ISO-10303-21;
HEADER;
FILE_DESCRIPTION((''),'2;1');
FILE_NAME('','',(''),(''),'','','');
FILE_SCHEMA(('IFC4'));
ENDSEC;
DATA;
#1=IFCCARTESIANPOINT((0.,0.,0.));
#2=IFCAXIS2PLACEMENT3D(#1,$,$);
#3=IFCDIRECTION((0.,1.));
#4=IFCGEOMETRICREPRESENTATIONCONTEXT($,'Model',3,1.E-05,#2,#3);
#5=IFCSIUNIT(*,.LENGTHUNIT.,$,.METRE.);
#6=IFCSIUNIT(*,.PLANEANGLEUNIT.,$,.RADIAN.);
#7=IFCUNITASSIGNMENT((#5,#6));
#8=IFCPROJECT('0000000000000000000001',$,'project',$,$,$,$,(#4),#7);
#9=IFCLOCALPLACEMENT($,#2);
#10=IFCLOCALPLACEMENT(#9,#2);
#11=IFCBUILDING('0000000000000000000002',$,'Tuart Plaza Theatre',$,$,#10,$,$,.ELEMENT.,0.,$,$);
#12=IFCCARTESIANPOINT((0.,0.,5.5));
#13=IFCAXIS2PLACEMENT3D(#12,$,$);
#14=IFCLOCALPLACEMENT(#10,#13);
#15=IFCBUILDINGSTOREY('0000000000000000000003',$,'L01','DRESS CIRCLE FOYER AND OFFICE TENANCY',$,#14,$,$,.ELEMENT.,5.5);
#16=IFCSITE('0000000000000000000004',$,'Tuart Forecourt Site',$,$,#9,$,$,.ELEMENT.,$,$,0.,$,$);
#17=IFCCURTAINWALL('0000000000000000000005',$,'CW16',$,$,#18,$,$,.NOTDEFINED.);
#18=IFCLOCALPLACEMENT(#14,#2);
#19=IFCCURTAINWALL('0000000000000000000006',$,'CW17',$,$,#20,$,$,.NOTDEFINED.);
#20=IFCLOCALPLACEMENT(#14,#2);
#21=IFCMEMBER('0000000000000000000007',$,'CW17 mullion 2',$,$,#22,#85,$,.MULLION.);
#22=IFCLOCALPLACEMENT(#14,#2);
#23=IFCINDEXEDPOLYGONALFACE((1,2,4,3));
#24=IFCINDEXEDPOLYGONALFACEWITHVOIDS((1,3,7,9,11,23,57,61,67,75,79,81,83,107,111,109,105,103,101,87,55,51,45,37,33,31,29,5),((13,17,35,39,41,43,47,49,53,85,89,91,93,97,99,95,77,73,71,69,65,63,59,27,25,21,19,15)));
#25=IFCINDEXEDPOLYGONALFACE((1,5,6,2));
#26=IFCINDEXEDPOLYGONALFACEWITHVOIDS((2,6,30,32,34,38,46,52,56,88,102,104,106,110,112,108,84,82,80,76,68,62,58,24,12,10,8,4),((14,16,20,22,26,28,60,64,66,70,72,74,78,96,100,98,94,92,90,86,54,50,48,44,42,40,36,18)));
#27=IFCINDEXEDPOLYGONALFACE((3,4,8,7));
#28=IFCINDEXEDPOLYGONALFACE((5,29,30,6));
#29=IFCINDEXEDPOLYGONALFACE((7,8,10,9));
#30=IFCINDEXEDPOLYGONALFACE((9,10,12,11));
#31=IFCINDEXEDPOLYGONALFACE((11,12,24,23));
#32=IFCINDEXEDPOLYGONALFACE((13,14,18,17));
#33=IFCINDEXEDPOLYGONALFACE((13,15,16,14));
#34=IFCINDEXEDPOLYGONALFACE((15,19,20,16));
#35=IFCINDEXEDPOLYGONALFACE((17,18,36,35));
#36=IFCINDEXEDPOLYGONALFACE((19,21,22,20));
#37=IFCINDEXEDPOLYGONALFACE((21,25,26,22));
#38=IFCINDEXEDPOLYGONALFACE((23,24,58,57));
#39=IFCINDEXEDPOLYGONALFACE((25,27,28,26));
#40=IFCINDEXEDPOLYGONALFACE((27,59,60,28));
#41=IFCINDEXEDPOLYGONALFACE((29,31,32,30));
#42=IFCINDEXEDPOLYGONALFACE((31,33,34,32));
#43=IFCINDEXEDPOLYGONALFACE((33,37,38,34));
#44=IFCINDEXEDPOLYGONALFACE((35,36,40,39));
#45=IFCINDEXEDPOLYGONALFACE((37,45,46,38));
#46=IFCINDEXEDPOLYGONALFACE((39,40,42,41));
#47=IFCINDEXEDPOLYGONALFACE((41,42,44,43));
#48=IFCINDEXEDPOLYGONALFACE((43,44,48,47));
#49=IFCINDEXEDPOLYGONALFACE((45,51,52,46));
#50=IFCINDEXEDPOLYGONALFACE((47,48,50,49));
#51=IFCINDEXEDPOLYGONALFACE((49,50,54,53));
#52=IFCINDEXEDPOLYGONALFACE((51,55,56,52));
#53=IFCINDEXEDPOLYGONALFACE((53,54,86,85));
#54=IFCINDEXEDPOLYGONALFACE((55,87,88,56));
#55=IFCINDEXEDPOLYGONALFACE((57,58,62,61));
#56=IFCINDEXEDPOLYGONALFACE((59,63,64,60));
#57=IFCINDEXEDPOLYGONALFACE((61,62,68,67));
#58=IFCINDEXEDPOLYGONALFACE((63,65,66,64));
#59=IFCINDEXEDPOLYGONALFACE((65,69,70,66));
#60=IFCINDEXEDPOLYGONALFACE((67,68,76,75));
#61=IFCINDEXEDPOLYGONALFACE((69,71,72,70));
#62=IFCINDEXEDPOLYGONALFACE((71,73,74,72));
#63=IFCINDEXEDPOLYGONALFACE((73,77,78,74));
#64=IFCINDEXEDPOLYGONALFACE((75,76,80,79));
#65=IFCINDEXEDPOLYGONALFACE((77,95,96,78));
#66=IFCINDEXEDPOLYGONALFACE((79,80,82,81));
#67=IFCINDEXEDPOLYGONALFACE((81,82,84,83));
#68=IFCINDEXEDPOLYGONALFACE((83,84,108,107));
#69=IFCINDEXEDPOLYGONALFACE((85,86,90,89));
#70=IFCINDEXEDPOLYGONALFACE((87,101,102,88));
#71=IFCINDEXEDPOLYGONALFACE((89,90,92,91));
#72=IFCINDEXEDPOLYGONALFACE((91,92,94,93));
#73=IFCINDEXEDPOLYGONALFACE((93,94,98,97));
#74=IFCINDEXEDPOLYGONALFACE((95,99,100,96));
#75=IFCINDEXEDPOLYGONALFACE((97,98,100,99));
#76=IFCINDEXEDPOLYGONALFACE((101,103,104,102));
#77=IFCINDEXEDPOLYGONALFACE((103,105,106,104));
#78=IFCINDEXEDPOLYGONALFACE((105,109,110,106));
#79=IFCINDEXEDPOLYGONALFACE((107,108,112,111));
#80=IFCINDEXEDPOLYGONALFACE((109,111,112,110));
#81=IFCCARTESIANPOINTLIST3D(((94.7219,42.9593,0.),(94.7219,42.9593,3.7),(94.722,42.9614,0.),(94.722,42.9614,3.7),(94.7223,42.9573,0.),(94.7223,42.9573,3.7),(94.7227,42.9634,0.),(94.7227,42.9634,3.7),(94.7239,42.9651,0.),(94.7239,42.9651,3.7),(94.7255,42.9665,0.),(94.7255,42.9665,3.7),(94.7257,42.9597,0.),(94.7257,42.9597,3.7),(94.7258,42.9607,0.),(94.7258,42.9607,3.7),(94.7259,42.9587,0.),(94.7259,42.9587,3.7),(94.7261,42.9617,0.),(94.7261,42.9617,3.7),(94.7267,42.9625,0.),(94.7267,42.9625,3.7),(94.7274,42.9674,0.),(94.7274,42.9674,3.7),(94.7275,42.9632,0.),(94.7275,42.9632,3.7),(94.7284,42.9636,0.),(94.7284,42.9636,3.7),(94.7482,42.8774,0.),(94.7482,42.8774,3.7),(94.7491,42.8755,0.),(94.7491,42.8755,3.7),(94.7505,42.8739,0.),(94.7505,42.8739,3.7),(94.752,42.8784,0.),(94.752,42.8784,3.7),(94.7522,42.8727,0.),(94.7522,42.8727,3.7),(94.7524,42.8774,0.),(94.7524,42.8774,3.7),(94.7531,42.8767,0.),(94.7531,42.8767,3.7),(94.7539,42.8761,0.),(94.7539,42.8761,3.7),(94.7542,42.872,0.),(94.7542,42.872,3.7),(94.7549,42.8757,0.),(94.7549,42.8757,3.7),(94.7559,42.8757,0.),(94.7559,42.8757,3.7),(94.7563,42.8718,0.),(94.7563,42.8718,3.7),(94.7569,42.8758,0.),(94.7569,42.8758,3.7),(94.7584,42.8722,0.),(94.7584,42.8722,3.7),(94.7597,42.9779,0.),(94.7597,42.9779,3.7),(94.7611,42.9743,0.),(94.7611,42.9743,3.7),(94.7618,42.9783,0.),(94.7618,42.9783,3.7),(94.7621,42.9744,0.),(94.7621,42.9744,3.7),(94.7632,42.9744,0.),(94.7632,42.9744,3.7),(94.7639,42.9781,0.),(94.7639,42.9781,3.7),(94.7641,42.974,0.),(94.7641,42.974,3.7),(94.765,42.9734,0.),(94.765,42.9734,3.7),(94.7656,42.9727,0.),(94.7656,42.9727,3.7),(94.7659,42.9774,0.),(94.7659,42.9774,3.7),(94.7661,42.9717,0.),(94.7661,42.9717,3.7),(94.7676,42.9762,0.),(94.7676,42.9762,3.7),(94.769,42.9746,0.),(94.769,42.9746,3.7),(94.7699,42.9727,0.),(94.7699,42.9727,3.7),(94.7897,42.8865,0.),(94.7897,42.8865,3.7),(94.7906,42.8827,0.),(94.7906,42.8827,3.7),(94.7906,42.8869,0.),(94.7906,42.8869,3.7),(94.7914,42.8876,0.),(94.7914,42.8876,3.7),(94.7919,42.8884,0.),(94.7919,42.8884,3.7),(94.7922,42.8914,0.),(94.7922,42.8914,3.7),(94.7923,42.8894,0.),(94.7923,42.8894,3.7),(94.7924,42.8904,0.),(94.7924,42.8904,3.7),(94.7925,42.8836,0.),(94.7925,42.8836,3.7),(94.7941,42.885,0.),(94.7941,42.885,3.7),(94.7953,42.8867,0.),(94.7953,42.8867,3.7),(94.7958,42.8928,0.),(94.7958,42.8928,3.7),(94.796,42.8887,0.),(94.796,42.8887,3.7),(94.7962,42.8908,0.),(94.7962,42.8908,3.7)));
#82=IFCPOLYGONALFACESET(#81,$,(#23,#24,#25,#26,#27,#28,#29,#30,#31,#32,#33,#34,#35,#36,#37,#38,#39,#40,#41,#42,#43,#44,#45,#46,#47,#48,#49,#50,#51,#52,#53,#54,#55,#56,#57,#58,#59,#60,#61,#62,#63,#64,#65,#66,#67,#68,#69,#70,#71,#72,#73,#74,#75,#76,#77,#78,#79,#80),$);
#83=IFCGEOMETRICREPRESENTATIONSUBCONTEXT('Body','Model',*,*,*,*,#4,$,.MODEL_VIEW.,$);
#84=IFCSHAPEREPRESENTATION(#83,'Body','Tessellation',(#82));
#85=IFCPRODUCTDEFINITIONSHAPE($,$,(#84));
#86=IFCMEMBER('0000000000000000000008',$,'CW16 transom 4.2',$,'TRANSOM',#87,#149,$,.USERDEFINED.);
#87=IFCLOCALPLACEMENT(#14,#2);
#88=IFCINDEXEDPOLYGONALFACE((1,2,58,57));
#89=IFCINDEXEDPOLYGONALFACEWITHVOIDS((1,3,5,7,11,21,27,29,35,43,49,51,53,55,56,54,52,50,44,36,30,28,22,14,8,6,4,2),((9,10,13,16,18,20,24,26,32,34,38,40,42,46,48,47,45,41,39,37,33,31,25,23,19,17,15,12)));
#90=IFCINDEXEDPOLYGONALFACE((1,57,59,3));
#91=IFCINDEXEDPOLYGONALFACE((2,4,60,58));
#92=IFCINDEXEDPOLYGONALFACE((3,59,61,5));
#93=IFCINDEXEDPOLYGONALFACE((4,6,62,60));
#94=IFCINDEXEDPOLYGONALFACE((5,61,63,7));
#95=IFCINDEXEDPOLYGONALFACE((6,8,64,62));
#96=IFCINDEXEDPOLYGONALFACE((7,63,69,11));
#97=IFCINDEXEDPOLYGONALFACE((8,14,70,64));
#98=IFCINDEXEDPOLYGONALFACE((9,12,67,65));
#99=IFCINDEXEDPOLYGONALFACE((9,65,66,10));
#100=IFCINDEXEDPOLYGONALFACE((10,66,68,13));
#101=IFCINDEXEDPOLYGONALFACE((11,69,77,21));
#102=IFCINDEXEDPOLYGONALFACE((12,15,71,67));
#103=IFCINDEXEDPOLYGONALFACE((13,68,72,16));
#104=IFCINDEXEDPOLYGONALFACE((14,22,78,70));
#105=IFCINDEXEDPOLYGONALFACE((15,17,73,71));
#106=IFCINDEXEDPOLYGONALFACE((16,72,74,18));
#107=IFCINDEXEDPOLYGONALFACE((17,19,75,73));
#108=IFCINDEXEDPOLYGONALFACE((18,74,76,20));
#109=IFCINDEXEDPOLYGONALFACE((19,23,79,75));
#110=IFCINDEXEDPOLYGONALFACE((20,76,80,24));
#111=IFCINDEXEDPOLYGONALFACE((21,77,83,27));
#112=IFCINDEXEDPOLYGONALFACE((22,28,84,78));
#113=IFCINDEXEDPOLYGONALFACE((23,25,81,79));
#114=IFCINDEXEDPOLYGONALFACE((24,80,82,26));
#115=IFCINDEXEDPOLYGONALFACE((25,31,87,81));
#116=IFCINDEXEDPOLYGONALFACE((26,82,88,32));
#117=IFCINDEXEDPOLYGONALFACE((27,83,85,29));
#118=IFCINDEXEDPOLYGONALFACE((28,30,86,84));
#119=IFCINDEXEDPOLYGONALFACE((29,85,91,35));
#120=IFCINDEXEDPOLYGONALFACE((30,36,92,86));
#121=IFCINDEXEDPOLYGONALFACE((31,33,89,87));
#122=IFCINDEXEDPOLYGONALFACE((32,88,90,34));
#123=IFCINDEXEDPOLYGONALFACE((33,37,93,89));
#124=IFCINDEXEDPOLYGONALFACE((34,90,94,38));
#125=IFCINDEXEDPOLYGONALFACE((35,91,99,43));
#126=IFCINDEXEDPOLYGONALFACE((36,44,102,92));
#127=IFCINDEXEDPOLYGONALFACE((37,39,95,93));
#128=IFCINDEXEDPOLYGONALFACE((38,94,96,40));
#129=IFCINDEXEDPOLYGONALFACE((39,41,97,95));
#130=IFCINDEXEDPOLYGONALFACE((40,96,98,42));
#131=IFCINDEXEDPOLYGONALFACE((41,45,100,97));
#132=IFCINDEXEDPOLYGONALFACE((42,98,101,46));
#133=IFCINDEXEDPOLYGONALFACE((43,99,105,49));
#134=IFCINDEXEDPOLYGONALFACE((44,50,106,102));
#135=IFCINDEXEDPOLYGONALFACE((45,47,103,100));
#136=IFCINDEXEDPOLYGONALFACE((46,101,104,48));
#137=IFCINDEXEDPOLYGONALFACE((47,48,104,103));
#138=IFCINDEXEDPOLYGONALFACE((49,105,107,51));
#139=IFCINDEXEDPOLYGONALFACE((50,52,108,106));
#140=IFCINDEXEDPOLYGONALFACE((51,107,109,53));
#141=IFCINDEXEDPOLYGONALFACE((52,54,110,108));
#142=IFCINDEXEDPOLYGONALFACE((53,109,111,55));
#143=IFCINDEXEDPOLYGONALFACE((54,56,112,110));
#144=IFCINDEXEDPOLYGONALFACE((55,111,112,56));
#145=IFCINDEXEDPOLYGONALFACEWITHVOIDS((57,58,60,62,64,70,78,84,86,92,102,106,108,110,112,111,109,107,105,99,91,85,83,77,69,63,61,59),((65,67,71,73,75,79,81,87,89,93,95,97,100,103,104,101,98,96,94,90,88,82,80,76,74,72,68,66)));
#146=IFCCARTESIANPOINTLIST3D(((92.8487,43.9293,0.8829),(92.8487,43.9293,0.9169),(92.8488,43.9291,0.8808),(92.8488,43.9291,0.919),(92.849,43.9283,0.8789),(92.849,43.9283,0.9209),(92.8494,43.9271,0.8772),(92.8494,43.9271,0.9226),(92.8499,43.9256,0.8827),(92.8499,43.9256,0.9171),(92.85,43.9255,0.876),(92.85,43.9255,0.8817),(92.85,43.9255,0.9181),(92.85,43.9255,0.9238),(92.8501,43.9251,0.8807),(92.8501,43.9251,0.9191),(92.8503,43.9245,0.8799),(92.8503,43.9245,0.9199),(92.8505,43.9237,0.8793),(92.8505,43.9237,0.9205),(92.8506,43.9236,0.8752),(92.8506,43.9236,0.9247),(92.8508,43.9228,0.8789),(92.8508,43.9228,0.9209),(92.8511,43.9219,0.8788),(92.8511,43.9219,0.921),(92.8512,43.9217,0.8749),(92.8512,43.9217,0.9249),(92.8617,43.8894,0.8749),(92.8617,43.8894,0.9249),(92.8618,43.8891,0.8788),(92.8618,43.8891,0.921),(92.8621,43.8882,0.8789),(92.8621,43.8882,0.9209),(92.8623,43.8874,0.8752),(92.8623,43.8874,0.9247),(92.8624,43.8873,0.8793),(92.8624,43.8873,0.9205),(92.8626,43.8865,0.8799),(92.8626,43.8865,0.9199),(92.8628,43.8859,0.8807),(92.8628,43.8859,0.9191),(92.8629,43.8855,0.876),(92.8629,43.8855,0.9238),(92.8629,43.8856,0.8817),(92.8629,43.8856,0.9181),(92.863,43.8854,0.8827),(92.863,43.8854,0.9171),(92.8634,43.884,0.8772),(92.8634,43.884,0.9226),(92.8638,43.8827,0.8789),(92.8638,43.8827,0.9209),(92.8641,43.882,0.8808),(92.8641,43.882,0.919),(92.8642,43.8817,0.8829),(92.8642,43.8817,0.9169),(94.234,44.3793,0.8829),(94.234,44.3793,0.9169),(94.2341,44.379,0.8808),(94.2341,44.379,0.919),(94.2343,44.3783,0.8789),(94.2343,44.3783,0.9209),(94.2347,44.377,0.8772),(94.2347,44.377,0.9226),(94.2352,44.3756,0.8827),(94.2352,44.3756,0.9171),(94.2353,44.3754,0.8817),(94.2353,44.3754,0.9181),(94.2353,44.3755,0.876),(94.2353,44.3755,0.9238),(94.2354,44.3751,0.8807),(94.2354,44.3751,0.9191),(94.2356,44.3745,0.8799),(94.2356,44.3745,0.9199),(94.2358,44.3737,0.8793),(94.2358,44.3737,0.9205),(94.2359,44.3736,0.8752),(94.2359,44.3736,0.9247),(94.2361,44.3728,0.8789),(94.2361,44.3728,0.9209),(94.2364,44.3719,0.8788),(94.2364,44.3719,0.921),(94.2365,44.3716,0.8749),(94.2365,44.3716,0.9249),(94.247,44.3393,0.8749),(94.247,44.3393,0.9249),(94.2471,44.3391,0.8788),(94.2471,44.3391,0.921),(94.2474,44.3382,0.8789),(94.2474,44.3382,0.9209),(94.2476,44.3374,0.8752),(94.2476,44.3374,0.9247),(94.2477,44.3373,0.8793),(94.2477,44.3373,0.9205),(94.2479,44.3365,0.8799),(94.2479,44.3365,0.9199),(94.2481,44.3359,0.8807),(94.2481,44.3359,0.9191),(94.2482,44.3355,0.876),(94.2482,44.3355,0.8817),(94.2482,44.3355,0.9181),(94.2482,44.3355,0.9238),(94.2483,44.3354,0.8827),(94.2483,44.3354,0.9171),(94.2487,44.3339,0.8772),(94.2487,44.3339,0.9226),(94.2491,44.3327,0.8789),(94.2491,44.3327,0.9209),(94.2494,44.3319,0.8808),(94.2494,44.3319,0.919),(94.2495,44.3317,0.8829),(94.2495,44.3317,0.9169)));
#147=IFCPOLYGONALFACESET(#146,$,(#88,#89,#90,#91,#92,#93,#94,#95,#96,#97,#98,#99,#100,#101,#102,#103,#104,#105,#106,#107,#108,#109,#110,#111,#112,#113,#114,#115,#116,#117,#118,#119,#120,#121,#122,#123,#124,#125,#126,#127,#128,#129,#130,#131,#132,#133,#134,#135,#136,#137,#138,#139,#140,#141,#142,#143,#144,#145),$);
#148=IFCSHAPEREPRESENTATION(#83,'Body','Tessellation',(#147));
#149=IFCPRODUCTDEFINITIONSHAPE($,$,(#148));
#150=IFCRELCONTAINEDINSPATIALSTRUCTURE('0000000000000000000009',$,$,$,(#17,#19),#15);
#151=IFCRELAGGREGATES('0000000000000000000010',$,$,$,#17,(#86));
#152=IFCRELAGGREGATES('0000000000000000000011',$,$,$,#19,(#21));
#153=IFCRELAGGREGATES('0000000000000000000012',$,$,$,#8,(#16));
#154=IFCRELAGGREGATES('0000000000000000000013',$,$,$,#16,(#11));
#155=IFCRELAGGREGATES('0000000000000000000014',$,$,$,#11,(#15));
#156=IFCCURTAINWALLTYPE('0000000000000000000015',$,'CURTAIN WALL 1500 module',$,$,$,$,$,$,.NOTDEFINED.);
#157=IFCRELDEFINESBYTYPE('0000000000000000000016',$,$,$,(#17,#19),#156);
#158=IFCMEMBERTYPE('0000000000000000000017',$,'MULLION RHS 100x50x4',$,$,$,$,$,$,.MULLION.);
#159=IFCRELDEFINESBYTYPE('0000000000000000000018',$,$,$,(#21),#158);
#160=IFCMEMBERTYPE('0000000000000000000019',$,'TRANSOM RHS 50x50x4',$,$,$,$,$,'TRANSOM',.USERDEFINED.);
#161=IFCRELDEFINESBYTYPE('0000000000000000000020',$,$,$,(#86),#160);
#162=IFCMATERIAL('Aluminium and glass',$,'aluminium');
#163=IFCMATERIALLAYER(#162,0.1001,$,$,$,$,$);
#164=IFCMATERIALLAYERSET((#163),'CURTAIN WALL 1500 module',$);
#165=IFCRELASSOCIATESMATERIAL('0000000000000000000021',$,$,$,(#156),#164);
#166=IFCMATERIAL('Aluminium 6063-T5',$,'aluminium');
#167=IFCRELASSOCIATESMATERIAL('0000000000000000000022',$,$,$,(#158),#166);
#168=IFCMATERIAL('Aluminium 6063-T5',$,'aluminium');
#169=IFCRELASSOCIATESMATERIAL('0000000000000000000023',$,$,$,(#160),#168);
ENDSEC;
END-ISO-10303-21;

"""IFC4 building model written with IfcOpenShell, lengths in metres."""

from ifc_helpers import new_model, si_unit, direction, frame, origin, origin_2d, place, context, subcontext, project, spatial, hollow_rectangle, extrude, material, layer, layer_set, material_profile, profile_set, type_object, element, aggregate, save


model = new_model("IFC4")

# Units and contexts
model_context = context("Model", 3, precision=1e-05, world=origin(), true_north=direction((0.0, 1.0)))
body_context = subcontext(model_context, "Body", "Model", "MODEL_VIEW")
ifc_project = project(units=[si_unit("LENGTHUNIT", "METRE"), si_unit("PLANEANGLEUNIT", "RADIAN")], contexts=[model_context])

# Site, building, storey
site_placement = place(None, origin())
site = spatial("IfcSite", under=ifc_project, at=site_placement, Name="Tuart Forecourt Site", CompositionType="ELEMENT", RefElevation=0.0)
building_placement = place(site_placement, origin())
building = spatial("IfcBuilding", under=site, at=building_placement, Name="Tuart Plaza Theatre", CompositionType="ELEMENT", ElevationOfRefHeight=0.0)
storey_placement = place(building_placement, frame((0.0, 0.0, 5.5)))
storey = spatial("IfcBuildingStorey", under=building, at=storey_placement, Name="L01", Description="DRESS CIRCLE FOYER AND OFFICE TENANCY", CompositionType="ELEMENT", Elevation=5.5)

# Curtain wall
ifc_material_1 = material(Name="Aluminium and glass", Category="aluminium")
ifc_layer_1 = layer(ifc_material_1, 0.1001)
ifc_layer_set_1 = layer_set([ifc_layer_1], Name="CURTAIN WALL 1500 module")
curtain_wall_type = type_object("IfcCurtainWallType", Name="CURTAIN WALL 1500 module", PredefinedType="NOTDEFINED", material=ifc_layer_set_1)
curtain_wall_1_placement = place(storey_placement, origin())
curtain_wall_1 = element("IfcCurtainWall", 1, at=curtain_wall_1_placement, inside=storey, type_object=curtain_wall_type, Name="CW16", PredefinedType="NOTDEFINED")
ifc_material_2 = material(Name="Aluminium 6063-T5", Category="aluminium")
ifc_material_profile_1 = material_profile(ifc_material_2, hollow_rectangle(XDim=0.05, YDim=0.1001, WallThickness=0.0039, InnerFilletRadius=0.0039, OuterFilletRadius=0.0081, at=origin_2d()), Name="RHS 100x50x4")
ifc_profile_set_1 = profile_set([ifc_material_profile_1], Name="Aluminium 6063-T5")
member_type_1 = type_object("IfcMemberType", Name="MULLION RHS 100x50x4", PredefinedType="MULLION", material=ifc_profile_set_1)

# Curtain wall, member
curtain_wall_2_placement = place(storey_placement, origin())
curtain_wall_2 = element("IfcCurtainWall", 2, at=curtain_wall_2_placement, inside=storey, type_object=curtain_wall_type, Name="CW17", PredefinedType="NOTDEFINED")
member_1_placement = place(storey_placement, frame((94.759, 42.925, 0.0), z_axis=(0.0, 0.0, 1.0), x_axis=(0.951056, 0.309018, 0.0)))
member_1 = element("IfcMember", 3, at=member_1_placement, type_object=member_type_1, Name="CW17 mullion 2", PredefinedType="MULLION", context=body_context, shape_type="SweptSolid", body=[
    extrude(hollow_rectangle(XDim=0.05, YDim=0.1001, WallThickness=0.0039, InnerFilletRadius=0.0039, OuterFilletRadius=0.0081, at=origin_2d()), origin(), (0.0, 0.0, 1.0), 3.7),
])

# Member
ifc_material_3 = material(Name="Aluminium 6063-T5", Category="aluminium")
ifc_material_profile_2 = material_profile(ifc_material_3, hollow_rectangle(XDim=0.05, YDim=0.05, WallThickness=0.0039, InnerFilletRadius=0.0039, OuterFilletRadius=0.0081, at=origin_2d()), Name="RHS 50x50x4")
ifc_profile_set_2 = profile_set([ifc_material_profile_2], Name="Aluminium 6063-T5")
member_type_2 = type_object("IfcMemberType", Name="TRANSOM RHS 50x50x4", ElementType="TRANSOM", PredefinedType="USERDEFINED", material=ifc_profile_set_2)
member_2_placement = place(storey_placement, frame((92.8564, 43.9055, 0.8999), z_axis=(0.951086, 0.308927, 0.0), x_axis=(-0.308927, 0.951086, 0.0)))
member_2 = element("IfcMember", 4, at=member_2_placement, type_object=member_type_2, Name="CW16 transom 4.2", ObjectType="TRANSOM", PredefinedType="USERDEFINED", context=body_context, shape_type="SweptSolid", body=[
    extrude(hollow_rectangle(XDim=0.05, YDim=0.05, WallThickness=0.0039, InnerFilletRadius=0.0039, OuterFilletRadius=0.0081, at=origin_2d()), origin(), (0.0, 0.0, 1.0), 1.4565),
])

aggregate(curtain_wall_1, [member_2])
aggregate(curtain_wall_2, [member_1])

save(model, "model.ifc")
